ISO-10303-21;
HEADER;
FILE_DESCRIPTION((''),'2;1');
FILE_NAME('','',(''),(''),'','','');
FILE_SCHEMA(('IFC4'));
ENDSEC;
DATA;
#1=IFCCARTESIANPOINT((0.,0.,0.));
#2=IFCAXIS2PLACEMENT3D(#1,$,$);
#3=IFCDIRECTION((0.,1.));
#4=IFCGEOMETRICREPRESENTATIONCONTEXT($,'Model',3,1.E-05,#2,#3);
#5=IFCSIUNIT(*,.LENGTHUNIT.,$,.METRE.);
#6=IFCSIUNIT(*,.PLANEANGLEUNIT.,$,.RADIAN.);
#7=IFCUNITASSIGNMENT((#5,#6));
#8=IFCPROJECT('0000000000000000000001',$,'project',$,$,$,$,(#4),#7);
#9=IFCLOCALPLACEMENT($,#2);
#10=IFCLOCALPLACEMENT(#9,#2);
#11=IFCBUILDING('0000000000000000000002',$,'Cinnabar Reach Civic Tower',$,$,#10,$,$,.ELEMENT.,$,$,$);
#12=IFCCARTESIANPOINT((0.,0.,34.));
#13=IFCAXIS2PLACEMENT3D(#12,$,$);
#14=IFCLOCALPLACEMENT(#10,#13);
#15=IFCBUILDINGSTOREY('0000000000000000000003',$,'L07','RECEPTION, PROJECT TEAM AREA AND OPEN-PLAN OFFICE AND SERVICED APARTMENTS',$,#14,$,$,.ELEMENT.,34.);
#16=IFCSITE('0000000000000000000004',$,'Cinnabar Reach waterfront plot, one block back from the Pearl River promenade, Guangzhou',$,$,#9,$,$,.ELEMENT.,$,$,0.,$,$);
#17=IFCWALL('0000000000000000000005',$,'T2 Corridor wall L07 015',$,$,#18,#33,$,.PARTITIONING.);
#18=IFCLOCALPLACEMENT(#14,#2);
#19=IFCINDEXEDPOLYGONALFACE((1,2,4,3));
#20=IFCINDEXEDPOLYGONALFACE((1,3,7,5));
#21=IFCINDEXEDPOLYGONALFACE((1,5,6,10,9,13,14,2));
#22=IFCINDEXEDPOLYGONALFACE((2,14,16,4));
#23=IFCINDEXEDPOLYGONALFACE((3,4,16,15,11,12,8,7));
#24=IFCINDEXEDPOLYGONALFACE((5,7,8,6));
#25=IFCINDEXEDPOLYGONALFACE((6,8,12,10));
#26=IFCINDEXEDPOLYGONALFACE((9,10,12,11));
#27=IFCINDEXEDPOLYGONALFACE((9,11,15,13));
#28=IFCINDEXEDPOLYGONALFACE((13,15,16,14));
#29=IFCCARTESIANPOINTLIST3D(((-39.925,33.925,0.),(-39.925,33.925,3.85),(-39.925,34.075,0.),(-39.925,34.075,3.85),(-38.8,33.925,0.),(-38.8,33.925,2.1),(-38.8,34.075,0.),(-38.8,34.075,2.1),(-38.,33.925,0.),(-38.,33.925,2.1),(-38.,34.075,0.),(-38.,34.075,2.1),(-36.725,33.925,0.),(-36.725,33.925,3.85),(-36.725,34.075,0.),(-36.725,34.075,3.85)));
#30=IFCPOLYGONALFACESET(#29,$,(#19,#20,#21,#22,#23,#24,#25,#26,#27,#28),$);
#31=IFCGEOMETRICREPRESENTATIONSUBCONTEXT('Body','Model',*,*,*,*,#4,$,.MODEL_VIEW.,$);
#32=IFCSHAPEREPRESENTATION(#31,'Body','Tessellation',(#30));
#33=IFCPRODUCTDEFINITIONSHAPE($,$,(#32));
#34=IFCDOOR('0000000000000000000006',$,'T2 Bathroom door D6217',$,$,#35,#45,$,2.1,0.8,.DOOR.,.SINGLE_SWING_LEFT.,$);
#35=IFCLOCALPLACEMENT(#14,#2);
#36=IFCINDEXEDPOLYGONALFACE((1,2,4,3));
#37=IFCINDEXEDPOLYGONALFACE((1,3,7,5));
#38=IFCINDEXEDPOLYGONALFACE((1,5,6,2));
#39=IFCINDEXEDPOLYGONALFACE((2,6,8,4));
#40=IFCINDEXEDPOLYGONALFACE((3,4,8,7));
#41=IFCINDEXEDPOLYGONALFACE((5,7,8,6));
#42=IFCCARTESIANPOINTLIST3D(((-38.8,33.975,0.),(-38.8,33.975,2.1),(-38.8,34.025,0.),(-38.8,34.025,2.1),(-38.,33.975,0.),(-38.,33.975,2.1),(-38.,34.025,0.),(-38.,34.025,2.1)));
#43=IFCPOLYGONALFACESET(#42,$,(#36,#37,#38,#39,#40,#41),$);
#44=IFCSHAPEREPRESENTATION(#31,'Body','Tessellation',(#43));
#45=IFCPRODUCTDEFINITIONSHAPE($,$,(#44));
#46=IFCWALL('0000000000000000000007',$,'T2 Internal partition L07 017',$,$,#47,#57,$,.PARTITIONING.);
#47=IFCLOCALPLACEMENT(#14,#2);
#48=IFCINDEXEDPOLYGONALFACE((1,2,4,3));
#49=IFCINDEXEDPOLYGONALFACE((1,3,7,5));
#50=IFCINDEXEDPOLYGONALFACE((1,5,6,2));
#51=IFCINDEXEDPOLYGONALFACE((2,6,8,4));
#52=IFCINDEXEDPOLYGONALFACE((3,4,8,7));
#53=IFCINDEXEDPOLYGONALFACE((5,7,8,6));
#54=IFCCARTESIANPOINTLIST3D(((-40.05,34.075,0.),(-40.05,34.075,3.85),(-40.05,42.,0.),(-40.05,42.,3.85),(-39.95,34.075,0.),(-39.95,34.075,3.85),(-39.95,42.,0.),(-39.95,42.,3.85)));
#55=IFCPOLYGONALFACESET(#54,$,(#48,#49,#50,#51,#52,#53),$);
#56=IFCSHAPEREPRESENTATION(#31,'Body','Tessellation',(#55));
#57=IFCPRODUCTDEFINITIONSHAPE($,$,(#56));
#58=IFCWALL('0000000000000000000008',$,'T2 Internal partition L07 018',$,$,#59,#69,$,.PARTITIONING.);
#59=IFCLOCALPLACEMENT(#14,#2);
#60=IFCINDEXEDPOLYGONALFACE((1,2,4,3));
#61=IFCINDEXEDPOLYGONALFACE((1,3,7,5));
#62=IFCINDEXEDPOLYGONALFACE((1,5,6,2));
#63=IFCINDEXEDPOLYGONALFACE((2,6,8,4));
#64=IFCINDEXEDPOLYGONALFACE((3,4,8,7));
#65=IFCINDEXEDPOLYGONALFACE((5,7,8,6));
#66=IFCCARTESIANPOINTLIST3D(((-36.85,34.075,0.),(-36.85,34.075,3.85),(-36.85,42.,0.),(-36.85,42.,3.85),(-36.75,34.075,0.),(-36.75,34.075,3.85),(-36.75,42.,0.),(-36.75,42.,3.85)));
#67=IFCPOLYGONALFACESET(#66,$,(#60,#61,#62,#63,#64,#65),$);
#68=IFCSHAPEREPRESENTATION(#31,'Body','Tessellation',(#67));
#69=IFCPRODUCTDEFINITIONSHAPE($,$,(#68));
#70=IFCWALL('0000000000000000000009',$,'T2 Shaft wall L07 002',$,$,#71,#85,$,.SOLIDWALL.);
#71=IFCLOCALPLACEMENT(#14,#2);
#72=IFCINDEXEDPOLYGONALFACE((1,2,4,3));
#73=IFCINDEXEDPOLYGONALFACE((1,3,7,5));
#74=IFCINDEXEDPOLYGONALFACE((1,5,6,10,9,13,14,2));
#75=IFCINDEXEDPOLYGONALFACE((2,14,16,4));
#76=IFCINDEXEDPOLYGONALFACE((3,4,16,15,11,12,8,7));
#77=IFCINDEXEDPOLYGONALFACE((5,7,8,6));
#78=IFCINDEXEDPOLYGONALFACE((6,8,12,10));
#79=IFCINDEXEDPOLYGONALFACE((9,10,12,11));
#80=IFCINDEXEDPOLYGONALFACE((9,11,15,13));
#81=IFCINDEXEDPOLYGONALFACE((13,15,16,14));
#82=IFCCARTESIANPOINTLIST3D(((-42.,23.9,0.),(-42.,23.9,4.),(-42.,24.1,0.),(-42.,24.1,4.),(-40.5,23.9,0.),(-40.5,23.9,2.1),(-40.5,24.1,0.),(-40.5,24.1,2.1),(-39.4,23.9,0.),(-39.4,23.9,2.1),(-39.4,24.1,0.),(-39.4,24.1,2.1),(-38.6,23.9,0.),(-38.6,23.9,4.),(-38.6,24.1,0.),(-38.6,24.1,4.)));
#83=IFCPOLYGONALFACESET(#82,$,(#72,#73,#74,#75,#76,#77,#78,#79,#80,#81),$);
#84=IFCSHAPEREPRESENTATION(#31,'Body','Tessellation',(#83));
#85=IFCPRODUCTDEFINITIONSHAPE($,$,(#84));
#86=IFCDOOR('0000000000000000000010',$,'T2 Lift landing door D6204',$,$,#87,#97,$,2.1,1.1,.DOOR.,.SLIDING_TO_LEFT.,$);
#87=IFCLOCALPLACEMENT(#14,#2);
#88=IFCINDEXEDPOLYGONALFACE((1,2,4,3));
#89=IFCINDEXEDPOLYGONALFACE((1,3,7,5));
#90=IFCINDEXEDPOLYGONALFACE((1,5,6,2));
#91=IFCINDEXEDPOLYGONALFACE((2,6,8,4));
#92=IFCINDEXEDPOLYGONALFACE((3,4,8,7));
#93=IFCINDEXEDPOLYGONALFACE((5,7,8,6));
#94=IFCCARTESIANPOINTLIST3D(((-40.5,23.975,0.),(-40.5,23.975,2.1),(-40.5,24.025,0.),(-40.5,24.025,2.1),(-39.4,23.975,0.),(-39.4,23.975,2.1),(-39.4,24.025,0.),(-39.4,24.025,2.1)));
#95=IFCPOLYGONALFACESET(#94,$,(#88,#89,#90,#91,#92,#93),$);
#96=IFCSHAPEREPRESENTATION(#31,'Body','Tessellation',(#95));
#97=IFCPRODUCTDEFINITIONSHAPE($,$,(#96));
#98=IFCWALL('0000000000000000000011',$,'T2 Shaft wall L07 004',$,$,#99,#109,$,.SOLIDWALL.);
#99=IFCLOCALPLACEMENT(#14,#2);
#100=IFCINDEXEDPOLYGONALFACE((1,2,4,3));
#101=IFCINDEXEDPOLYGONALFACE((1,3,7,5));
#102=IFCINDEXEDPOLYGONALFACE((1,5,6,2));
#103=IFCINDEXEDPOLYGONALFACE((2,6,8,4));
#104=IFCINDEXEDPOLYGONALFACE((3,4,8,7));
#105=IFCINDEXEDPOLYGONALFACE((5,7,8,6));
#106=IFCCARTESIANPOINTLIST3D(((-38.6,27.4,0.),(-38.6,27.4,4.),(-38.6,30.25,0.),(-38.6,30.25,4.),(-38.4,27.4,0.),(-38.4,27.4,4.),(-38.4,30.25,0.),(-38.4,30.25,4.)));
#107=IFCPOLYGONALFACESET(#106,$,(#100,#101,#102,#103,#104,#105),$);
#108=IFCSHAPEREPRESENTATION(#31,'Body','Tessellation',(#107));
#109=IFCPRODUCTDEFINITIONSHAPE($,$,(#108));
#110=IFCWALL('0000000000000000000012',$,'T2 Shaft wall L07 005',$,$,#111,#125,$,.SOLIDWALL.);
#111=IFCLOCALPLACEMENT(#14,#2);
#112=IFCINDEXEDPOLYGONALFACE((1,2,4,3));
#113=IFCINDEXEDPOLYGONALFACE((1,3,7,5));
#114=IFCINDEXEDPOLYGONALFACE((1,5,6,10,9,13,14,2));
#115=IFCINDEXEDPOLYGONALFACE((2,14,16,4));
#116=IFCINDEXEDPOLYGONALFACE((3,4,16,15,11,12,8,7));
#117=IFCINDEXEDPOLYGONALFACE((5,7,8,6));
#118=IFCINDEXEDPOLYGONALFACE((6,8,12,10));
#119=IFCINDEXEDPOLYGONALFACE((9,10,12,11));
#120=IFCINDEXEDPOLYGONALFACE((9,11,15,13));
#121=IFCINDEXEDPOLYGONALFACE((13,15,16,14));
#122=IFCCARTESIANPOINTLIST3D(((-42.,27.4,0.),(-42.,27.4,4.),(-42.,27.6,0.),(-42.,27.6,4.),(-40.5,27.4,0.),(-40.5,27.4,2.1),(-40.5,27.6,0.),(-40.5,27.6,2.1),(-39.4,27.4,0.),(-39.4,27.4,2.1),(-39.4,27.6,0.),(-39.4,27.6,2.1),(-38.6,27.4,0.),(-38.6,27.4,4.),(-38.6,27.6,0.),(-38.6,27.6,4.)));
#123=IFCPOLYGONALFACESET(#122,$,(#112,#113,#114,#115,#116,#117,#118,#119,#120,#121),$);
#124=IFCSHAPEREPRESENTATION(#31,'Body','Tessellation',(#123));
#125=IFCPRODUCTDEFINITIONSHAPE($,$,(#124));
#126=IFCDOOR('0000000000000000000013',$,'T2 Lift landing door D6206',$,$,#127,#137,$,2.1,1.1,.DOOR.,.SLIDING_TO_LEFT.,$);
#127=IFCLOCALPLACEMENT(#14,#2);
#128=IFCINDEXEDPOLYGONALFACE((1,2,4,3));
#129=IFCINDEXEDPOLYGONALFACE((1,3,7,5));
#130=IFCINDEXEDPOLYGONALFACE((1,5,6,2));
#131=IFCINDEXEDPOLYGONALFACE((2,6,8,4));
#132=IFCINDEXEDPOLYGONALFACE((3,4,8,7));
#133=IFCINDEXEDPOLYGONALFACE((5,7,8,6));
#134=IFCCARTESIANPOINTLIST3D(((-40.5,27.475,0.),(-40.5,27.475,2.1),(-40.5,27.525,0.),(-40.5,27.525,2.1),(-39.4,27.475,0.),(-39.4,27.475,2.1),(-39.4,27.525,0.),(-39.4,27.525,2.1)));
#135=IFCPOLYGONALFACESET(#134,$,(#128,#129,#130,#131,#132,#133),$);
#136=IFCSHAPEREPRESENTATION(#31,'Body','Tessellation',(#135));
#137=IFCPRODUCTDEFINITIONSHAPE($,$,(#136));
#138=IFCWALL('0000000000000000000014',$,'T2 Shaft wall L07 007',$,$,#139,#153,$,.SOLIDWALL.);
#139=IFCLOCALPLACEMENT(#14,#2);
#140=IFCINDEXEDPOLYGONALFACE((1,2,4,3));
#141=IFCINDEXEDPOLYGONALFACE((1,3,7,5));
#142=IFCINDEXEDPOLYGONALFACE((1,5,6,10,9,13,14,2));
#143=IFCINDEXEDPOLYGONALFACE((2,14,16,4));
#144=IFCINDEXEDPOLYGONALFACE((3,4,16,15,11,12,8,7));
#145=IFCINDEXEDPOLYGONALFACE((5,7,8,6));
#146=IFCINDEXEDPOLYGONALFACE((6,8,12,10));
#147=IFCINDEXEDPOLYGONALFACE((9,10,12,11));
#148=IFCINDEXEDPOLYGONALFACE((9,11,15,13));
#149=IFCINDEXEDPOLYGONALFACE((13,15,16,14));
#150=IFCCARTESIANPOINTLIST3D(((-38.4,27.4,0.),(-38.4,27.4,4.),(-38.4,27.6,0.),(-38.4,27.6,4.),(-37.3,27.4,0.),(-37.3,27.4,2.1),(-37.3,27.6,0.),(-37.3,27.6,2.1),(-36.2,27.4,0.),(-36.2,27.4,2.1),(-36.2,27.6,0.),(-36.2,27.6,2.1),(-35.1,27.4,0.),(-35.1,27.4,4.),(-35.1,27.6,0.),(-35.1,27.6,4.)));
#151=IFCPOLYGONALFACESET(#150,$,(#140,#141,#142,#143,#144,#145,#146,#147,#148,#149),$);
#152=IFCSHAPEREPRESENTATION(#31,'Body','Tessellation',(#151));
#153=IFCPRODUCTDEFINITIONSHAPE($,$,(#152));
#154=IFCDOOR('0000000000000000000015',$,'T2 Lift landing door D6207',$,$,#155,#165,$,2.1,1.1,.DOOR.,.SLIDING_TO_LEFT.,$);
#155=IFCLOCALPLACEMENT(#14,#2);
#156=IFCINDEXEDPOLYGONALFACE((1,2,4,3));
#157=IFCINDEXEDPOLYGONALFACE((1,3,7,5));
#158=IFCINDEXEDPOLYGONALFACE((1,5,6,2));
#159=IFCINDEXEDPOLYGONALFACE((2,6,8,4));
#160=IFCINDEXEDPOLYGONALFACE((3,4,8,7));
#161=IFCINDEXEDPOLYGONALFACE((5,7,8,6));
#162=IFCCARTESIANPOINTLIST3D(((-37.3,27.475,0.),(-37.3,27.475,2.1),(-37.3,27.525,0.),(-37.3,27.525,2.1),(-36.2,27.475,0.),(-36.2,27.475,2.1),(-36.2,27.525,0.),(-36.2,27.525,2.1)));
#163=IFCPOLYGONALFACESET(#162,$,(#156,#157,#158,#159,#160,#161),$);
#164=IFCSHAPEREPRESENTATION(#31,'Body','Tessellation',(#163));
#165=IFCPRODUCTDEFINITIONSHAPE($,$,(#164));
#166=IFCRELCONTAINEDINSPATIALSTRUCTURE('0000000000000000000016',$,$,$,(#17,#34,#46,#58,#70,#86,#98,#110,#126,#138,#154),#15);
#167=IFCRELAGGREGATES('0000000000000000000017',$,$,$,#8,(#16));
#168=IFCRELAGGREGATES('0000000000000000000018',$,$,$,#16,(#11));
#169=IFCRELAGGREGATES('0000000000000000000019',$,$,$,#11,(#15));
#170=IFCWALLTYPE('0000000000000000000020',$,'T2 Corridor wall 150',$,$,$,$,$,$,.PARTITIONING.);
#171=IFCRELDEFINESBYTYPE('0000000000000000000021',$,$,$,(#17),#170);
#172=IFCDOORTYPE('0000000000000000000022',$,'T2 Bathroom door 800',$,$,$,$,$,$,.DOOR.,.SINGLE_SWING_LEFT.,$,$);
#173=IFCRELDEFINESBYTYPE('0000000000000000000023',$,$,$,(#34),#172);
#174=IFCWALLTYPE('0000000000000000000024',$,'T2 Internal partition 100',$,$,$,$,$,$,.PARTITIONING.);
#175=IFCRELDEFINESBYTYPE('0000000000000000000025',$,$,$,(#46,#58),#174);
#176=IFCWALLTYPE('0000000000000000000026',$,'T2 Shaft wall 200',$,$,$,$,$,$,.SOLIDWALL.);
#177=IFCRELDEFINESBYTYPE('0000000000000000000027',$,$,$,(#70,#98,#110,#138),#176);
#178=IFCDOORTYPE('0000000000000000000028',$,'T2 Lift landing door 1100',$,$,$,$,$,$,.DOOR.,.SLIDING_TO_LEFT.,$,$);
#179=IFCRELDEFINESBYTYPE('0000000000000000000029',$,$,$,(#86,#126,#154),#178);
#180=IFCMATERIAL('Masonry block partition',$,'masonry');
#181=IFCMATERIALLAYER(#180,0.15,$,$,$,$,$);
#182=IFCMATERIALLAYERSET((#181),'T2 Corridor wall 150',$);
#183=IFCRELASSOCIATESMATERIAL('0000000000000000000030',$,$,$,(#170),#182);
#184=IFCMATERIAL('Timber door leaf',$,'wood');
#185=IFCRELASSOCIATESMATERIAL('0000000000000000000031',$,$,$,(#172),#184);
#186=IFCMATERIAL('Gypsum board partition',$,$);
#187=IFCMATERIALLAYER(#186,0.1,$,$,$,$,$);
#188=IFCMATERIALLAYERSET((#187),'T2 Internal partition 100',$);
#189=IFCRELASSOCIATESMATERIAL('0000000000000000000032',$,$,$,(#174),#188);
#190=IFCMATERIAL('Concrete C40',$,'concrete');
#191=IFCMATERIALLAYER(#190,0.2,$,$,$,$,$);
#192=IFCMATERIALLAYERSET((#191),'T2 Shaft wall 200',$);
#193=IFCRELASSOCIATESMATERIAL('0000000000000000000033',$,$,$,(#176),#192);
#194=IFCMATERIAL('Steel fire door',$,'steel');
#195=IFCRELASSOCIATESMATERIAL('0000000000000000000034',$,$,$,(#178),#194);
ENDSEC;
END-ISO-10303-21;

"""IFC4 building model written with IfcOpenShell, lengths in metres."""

from ifc_helpers import new_model, si_unit, direction, frame, frame_2d, origin, place, context, subcontext, project, spatial, rectangle, extrude, material, layer, layer_set, type_object, element, fill, save


model = new_model("IFC4")

# Units and contexts
model_context = context("Model", 3, precision=1e-05, world=origin(), true_north=direction((0.0, 1.0)))
body_context = subcontext(model_context, "Body", "Model", "MODEL_VIEW")
ifc_project = project(units=[si_unit("LENGTHUNIT", "METRE"), si_unit("PLANEANGLEUNIT", "RADIAN")], contexts=[model_context])

# Site, building, storey
site_placement = place(None, origin())
site = spatial("IfcSite", under=ifc_project, at=site_placement, Name="Cinnabar Reach waterfront plot, one block back from the Pearl River promenade, Guangzhou", CompositionType="ELEMENT", RefElevation=0.0)
building_placement = place(site_placement, origin())
building = spatial("IfcBuilding", under=site, at=building_placement, Name="Cinnabar Reach Civic Tower", CompositionType="ELEMENT")
storey_placement = place(building_placement, frame((0.0, 0.0, 34.0)))
storey = spatial("IfcBuildingStorey", under=building, at=storey_placement, Name="L07", Description="RECEPTION, PROJECT TEAM AREA AND OPEN-PLAN OFFICE AND SERVICED APARTMENTS", CompositionType="ELEMENT", Elevation=34.0)

# Shared definitions
ifc_material_1 = material(Name="Steel fire door", Category="steel")

# Wall, opening, door
ifc_material_2 = material(Name="Masonry block partition", Category="masonry")
ifc_layer_1 = layer(ifc_material_2, 0.15)
ifc_layer_set_1 = layer_set([ifc_layer_1], Name="T2 Corridor wall 150")
wall_type_1 = type_object("IfcWallType", Name="T2 Corridor wall 150", PredefinedType="PARTITIONING", material=ifc_layer_set_1)
ifc_material_3 = material(Name="Timber door leaf", Category="wood")
door_type_1 = type_object("IfcDoorType", Name="T2 Bathroom door 800", OperationType="SINGLE_SWING_LEFT", PredefinedType="DOOR", material=ifc_material_3)
wall_1_placement = place(storey_placement, frame((-36.725, 34.0, 0.0), z_axis=(0.0, 0.0, 1.0), x_axis=(-1.0, 0.0, 0.0)))
wall_1 = element("IfcWall", 1, at=wall_1_placement, inside=storey, type_object=wall_type_1, Name="T2 Corridor wall L07 015", PredefinedType="PARTITIONING", context=body_context, shape_type="SweptSolid", body=[
    extrude(rectangle(XDim=3.2, YDim=0.15, at=frame_2d((1.6, 0.0))), origin(), (0.0, 0.0, 1.0), 3.85),
])
opening_1_placement = place(wall_1_placement, frame((1.275, 0.0, 0.0)))
opening_1 = element("IfcOpeningElement", 2, at=opening_1_placement, cuts=wall_1, PredefinedType="OPENING", context=body_context, shape_type="SweptSolid", body=[
    extrude(rectangle(XDim=0.8, YDim=2.1, at=frame_2d((0.4, 1.05))), frame((0.0, 0.085, 0.0), z_axis=(0.0, -1.0, 0.0), x_axis=(1.0, 0.0, 0.0)), (0.0, 0.0, 1.0), 0.17),
])
door_1_placement = place(opening_1_placement, frame((0.8, 0.0, 0.0), z_axis=(0.0, 0.0, 1.0), x_axis=(-1.0, 0.0, 0.0)))
door_1 = element("IfcDoor", 3, at=door_1_placement, inside=storey, type_object=door_type_1, Name="T2 Bathroom door D6217", OperationType="SINGLE_SWING_LEFT", OverallHeight=2.1, OverallWidth=0.8, PredefinedType="DOOR", context=body_context, shape_type="SweptSolid", body=[
    extrude(rectangle(XDim=0.8, YDim=2.1, at=frame_2d((0.4, 1.05))), frame((0.0, 0.025, 0.0), z_axis=(0.0, -1.0, 0.0), x_axis=(1.0, 0.0, 0.0)), (0.0, 0.0, 1.0), 0.05),
])
fill(opening_1, door_1)

# Walls
ifc_material_4 = material(Name="Gypsum board partition")
ifc_layer_2 = layer(ifc_material_4, 0.1)
ifc_layer_set_2 = layer_set([ifc_layer_2], Name="T2 Internal partition 100")
wall_type_2 = type_object("IfcWallType", Name="T2 Internal partition 100", PredefinedType="PARTITIONING", material=ifc_layer_set_2)
for number, where, z_axis, x_axis, name in (
    (4, (-40.0, 34.075, 0.0), (0.0, 0.0, 1.0), (0.0, 1.0, 0.0), "T2 Internal partition L07 017"),
    (5, (-36.8, 34.075, 0.0), (0.0, 0.0, 1.0), (0.0, 1.0, 0.0), "T2 Internal partition L07 018"),
):
    element("IfcWall", number, at=place(storey_placement, frame(where, z_axis=z_axis, x_axis=x_axis)), inside=storey, type_object=wall_type_2, Name=name, PredefinedType="PARTITIONING", context=body_context, shape_type="SweptSolid", body=[
        extrude(rectangle(XDim=7.925, YDim=0.1, at=frame_2d((3.9625, 0.0))), origin(), (0.0, 0.0, 1.0), 3.85),
    ])

# Wall, opening, door
ifc_material_5 = material(Name="Concrete C40", Category="concrete")
ifc_layer_3 = layer(ifc_material_5, 0.2)
ifc_layer_set_3 = layer_set([ifc_layer_3], Name="T2 Shaft wall 200")
wall_type_3 = type_object("IfcWallType", Name="T2 Shaft wall 200", PredefinedType="SOLIDWALL", material=ifc_layer_set_3)
wall_2_placement = place(storey_placement, frame((-38.6, 24.0, 0.0), z_axis=(0.0, 0.0, 1.0), x_axis=(-1.0, 0.0, 0.0)))
wall_2 = element("IfcWall", 6, at=wall_2_placement, inside=storey, type_object=wall_type_3, Name="T2 Shaft wall L07 002", PredefinedType="SOLIDWALL", context=body_context, shape_type="SweptSolid", body=[
    extrude(rectangle(XDim=3.4, YDim=0.2, at=frame_2d((1.7, 0.0))), origin(), (0.0, 0.0, 1.0), 4.0),
])
opening_2_placement = place(wall_2_placement, frame((0.8, 0.0, 0.0)))
opening_2 = element("IfcOpeningElement", 7, at=opening_2_placement, cuts=wall_2, PredefinedType="OPENING", context=body_context, shape_type="SweptSolid", body=[
    extrude(rectangle(XDim=1.1, YDim=2.1, at=frame_2d((0.55, 1.05))), frame((0.0, 0.11, 0.0), z_axis=(0.0, -1.0, 0.0), x_axis=(1.0, 0.0, 0.0)), (0.0, 0.0, 1.0), 0.22),
])
door_type_2 = type_object("IfcDoorType", Name="T2 Lift landing door 1100", OperationType="SLIDING_TO_LEFT", PredefinedType="DOOR", material=ifc_material_1)
door_2_placement = place(opening_2_placement, origin())
door_2 = element("IfcDoor", 8, at=door_2_placement, inside=storey, type_object=door_type_2, Name="T2 Lift landing door D6204", OperationType="SLIDING_TO_LEFT", OverallHeight=2.1, OverallWidth=1.1, PredefinedType="DOOR", context=body_context, shape_type="SweptSolid", body=[
    extrude(rectangle(XDim=1.1, YDim=2.1, at=frame_2d((0.55, 1.05))), frame((0.0, 0.025, 0.0), z_axis=(0.0, -1.0, 0.0), x_axis=(1.0, 0.0, 0.0)), (0.0, 0.0, 1.0), 0.05),
])
fill(opening_2, door_2)

# Wall
wall_3_placement = place(storey_placement, frame((-38.5, 27.4, 0.0), z_axis=(0.0, 0.0, 1.0), x_axis=(0.0, 1.0, 0.0)))
element("IfcWall", 9, at=wall_3_placement, inside=storey, type_object=wall_type_3, Name="T2 Shaft wall L07 004", PredefinedType="SOLIDWALL", context=body_context, shape_type="SweptSolid", body=[
    extrude(rectangle(XDim=2.85, YDim=0.2, at=frame_2d((1.425, 0.0))), origin(), (0.0, 0.0, 1.0), 4.0),
])

# Walls, openings, doors
wall_4_placement = place(storey_placement, frame((-42.0, 27.5, 0.0), z_axis=(0.0, 0.0, 1.0), x_axis=(1.0, 0.0, 0.0)))
wall_4 = element("IfcWall", 10, at=wall_4_placement, inside=storey, type_object=wall_type_3, Name="T2 Shaft wall L07 005", PredefinedType="SOLIDWALL", context=body_context, shape_type="SweptSolid", body=[
    extrude(rectangle(XDim=3.4, YDim=0.2, at=frame_2d((1.7, 0.0))), origin(), (0.0, 0.0, 1.0), 4.0),
])
opening_3_placement = place(wall_4_placement, frame((1.5, 0.0, 0.0)))
opening_3 = element("IfcOpeningElement", 11, at=opening_3_placement, cuts=wall_4, PredefinedType="OPENING", context=body_context, shape_type="SweptSolid", body=[
    extrude(rectangle(XDim=1.1, YDim=2.1, at=frame_2d((0.55, 1.05))), frame((0.0, 0.11, 0.0), z_axis=(0.0, -1.0, 0.0), x_axis=(1.0, 0.0, 0.0)), (0.0, 0.0, 1.0), 0.22),
])
door_3_placement = place(opening_3_placement, origin())
door_3 = element("IfcDoor", 12, at=door_3_placement, inside=storey, type_object=door_type_2, Name="T2 Lift landing door D6206", OperationType="SLIDING_TO_LEFT", OverallHeight=2.1, OverallWidth=1.1, PredefinedType="DOOR", context=body_context, shape_type="SweptSolid", body=[
    extrude(rectangle(XDim=1.1, YDim=2.1, at=frame_2d((0.55, 1.05))), frame((0.0, 0.025, 0.0), z_axis=(0.0, -1.0, 0.0), x_axis=(1.0, 0.0, 0.0)), (0.0, 0.0, 1.0), 0.05),
])
fill(opening_3, door_3)
wall_5_placement = place(storey_placement, frame((-38.4, 27.5, 0.0), z_axis=(0.0, 0.0, 1.0), x_axis=(1.0, 0.0, 0.0)))
wall_5 = element("IfcWall", 13, at=wall_5_placement, inside=storey, type_object=wall_type_3, Name="T2 Shaft wall L07 007", PredefinedType="SOLIDWALL", context=body_context, shape_type="SweptSolid", body=[
    extrude(rectangle(XDim=3.3, YDim=0.2, at=frame_2d((1.65, 0.0))), origin(), (0.0, 0.0, 1.0), 4.0),
])
opening_4_placement = place(wall_5_placement, frame((1.1, 0.0, 0.0)))
opening_4 = element("IfcOpeningElement", 14, at=opening_4_placement, cuts=wall_5, PredefinedType="OPENING", context=body_context, shape_type="SweptSolid", body=[
    extrude(rectangle(XDim=1.1, YDim=2.1, at=frame_2d((0.55, 1.05))), frame((0.0, 0.11, 0.0), z_axis=(0.0, -1.0, 0.0), x_axis=(1.0, 0.0, 0.0)), (0.0, 0.0, 1.0), 0.22),
])
door_4_placement = place(opening_4_placement, origin())
door_4 = element("IfcDoor", 15, at=door_4_placement, inside=storey, type_object=door_type_2, Name="T2 Lift landing door D6207", OperationType="SLIDING_TO_LEFT", OverallHeight=2.1, OverallWidth=1.1, PredefinedType="DOOR", context=body_context, shape_type="SweptSolid", body=[
    extrude(rectangle(XDim=1.1, YDim=2.1, at=frame_2d((0.55, 1.05))), frame((0.0, 0.025, 0.0), z_axis=(0.0, -1.0, 0.0), x_axis=(1.0, 0.0, 0.0)), (0.0, 0.0, 1.0), 0.05),
])
fill(opening_4, door_4)

save(model, "model.ifc")
